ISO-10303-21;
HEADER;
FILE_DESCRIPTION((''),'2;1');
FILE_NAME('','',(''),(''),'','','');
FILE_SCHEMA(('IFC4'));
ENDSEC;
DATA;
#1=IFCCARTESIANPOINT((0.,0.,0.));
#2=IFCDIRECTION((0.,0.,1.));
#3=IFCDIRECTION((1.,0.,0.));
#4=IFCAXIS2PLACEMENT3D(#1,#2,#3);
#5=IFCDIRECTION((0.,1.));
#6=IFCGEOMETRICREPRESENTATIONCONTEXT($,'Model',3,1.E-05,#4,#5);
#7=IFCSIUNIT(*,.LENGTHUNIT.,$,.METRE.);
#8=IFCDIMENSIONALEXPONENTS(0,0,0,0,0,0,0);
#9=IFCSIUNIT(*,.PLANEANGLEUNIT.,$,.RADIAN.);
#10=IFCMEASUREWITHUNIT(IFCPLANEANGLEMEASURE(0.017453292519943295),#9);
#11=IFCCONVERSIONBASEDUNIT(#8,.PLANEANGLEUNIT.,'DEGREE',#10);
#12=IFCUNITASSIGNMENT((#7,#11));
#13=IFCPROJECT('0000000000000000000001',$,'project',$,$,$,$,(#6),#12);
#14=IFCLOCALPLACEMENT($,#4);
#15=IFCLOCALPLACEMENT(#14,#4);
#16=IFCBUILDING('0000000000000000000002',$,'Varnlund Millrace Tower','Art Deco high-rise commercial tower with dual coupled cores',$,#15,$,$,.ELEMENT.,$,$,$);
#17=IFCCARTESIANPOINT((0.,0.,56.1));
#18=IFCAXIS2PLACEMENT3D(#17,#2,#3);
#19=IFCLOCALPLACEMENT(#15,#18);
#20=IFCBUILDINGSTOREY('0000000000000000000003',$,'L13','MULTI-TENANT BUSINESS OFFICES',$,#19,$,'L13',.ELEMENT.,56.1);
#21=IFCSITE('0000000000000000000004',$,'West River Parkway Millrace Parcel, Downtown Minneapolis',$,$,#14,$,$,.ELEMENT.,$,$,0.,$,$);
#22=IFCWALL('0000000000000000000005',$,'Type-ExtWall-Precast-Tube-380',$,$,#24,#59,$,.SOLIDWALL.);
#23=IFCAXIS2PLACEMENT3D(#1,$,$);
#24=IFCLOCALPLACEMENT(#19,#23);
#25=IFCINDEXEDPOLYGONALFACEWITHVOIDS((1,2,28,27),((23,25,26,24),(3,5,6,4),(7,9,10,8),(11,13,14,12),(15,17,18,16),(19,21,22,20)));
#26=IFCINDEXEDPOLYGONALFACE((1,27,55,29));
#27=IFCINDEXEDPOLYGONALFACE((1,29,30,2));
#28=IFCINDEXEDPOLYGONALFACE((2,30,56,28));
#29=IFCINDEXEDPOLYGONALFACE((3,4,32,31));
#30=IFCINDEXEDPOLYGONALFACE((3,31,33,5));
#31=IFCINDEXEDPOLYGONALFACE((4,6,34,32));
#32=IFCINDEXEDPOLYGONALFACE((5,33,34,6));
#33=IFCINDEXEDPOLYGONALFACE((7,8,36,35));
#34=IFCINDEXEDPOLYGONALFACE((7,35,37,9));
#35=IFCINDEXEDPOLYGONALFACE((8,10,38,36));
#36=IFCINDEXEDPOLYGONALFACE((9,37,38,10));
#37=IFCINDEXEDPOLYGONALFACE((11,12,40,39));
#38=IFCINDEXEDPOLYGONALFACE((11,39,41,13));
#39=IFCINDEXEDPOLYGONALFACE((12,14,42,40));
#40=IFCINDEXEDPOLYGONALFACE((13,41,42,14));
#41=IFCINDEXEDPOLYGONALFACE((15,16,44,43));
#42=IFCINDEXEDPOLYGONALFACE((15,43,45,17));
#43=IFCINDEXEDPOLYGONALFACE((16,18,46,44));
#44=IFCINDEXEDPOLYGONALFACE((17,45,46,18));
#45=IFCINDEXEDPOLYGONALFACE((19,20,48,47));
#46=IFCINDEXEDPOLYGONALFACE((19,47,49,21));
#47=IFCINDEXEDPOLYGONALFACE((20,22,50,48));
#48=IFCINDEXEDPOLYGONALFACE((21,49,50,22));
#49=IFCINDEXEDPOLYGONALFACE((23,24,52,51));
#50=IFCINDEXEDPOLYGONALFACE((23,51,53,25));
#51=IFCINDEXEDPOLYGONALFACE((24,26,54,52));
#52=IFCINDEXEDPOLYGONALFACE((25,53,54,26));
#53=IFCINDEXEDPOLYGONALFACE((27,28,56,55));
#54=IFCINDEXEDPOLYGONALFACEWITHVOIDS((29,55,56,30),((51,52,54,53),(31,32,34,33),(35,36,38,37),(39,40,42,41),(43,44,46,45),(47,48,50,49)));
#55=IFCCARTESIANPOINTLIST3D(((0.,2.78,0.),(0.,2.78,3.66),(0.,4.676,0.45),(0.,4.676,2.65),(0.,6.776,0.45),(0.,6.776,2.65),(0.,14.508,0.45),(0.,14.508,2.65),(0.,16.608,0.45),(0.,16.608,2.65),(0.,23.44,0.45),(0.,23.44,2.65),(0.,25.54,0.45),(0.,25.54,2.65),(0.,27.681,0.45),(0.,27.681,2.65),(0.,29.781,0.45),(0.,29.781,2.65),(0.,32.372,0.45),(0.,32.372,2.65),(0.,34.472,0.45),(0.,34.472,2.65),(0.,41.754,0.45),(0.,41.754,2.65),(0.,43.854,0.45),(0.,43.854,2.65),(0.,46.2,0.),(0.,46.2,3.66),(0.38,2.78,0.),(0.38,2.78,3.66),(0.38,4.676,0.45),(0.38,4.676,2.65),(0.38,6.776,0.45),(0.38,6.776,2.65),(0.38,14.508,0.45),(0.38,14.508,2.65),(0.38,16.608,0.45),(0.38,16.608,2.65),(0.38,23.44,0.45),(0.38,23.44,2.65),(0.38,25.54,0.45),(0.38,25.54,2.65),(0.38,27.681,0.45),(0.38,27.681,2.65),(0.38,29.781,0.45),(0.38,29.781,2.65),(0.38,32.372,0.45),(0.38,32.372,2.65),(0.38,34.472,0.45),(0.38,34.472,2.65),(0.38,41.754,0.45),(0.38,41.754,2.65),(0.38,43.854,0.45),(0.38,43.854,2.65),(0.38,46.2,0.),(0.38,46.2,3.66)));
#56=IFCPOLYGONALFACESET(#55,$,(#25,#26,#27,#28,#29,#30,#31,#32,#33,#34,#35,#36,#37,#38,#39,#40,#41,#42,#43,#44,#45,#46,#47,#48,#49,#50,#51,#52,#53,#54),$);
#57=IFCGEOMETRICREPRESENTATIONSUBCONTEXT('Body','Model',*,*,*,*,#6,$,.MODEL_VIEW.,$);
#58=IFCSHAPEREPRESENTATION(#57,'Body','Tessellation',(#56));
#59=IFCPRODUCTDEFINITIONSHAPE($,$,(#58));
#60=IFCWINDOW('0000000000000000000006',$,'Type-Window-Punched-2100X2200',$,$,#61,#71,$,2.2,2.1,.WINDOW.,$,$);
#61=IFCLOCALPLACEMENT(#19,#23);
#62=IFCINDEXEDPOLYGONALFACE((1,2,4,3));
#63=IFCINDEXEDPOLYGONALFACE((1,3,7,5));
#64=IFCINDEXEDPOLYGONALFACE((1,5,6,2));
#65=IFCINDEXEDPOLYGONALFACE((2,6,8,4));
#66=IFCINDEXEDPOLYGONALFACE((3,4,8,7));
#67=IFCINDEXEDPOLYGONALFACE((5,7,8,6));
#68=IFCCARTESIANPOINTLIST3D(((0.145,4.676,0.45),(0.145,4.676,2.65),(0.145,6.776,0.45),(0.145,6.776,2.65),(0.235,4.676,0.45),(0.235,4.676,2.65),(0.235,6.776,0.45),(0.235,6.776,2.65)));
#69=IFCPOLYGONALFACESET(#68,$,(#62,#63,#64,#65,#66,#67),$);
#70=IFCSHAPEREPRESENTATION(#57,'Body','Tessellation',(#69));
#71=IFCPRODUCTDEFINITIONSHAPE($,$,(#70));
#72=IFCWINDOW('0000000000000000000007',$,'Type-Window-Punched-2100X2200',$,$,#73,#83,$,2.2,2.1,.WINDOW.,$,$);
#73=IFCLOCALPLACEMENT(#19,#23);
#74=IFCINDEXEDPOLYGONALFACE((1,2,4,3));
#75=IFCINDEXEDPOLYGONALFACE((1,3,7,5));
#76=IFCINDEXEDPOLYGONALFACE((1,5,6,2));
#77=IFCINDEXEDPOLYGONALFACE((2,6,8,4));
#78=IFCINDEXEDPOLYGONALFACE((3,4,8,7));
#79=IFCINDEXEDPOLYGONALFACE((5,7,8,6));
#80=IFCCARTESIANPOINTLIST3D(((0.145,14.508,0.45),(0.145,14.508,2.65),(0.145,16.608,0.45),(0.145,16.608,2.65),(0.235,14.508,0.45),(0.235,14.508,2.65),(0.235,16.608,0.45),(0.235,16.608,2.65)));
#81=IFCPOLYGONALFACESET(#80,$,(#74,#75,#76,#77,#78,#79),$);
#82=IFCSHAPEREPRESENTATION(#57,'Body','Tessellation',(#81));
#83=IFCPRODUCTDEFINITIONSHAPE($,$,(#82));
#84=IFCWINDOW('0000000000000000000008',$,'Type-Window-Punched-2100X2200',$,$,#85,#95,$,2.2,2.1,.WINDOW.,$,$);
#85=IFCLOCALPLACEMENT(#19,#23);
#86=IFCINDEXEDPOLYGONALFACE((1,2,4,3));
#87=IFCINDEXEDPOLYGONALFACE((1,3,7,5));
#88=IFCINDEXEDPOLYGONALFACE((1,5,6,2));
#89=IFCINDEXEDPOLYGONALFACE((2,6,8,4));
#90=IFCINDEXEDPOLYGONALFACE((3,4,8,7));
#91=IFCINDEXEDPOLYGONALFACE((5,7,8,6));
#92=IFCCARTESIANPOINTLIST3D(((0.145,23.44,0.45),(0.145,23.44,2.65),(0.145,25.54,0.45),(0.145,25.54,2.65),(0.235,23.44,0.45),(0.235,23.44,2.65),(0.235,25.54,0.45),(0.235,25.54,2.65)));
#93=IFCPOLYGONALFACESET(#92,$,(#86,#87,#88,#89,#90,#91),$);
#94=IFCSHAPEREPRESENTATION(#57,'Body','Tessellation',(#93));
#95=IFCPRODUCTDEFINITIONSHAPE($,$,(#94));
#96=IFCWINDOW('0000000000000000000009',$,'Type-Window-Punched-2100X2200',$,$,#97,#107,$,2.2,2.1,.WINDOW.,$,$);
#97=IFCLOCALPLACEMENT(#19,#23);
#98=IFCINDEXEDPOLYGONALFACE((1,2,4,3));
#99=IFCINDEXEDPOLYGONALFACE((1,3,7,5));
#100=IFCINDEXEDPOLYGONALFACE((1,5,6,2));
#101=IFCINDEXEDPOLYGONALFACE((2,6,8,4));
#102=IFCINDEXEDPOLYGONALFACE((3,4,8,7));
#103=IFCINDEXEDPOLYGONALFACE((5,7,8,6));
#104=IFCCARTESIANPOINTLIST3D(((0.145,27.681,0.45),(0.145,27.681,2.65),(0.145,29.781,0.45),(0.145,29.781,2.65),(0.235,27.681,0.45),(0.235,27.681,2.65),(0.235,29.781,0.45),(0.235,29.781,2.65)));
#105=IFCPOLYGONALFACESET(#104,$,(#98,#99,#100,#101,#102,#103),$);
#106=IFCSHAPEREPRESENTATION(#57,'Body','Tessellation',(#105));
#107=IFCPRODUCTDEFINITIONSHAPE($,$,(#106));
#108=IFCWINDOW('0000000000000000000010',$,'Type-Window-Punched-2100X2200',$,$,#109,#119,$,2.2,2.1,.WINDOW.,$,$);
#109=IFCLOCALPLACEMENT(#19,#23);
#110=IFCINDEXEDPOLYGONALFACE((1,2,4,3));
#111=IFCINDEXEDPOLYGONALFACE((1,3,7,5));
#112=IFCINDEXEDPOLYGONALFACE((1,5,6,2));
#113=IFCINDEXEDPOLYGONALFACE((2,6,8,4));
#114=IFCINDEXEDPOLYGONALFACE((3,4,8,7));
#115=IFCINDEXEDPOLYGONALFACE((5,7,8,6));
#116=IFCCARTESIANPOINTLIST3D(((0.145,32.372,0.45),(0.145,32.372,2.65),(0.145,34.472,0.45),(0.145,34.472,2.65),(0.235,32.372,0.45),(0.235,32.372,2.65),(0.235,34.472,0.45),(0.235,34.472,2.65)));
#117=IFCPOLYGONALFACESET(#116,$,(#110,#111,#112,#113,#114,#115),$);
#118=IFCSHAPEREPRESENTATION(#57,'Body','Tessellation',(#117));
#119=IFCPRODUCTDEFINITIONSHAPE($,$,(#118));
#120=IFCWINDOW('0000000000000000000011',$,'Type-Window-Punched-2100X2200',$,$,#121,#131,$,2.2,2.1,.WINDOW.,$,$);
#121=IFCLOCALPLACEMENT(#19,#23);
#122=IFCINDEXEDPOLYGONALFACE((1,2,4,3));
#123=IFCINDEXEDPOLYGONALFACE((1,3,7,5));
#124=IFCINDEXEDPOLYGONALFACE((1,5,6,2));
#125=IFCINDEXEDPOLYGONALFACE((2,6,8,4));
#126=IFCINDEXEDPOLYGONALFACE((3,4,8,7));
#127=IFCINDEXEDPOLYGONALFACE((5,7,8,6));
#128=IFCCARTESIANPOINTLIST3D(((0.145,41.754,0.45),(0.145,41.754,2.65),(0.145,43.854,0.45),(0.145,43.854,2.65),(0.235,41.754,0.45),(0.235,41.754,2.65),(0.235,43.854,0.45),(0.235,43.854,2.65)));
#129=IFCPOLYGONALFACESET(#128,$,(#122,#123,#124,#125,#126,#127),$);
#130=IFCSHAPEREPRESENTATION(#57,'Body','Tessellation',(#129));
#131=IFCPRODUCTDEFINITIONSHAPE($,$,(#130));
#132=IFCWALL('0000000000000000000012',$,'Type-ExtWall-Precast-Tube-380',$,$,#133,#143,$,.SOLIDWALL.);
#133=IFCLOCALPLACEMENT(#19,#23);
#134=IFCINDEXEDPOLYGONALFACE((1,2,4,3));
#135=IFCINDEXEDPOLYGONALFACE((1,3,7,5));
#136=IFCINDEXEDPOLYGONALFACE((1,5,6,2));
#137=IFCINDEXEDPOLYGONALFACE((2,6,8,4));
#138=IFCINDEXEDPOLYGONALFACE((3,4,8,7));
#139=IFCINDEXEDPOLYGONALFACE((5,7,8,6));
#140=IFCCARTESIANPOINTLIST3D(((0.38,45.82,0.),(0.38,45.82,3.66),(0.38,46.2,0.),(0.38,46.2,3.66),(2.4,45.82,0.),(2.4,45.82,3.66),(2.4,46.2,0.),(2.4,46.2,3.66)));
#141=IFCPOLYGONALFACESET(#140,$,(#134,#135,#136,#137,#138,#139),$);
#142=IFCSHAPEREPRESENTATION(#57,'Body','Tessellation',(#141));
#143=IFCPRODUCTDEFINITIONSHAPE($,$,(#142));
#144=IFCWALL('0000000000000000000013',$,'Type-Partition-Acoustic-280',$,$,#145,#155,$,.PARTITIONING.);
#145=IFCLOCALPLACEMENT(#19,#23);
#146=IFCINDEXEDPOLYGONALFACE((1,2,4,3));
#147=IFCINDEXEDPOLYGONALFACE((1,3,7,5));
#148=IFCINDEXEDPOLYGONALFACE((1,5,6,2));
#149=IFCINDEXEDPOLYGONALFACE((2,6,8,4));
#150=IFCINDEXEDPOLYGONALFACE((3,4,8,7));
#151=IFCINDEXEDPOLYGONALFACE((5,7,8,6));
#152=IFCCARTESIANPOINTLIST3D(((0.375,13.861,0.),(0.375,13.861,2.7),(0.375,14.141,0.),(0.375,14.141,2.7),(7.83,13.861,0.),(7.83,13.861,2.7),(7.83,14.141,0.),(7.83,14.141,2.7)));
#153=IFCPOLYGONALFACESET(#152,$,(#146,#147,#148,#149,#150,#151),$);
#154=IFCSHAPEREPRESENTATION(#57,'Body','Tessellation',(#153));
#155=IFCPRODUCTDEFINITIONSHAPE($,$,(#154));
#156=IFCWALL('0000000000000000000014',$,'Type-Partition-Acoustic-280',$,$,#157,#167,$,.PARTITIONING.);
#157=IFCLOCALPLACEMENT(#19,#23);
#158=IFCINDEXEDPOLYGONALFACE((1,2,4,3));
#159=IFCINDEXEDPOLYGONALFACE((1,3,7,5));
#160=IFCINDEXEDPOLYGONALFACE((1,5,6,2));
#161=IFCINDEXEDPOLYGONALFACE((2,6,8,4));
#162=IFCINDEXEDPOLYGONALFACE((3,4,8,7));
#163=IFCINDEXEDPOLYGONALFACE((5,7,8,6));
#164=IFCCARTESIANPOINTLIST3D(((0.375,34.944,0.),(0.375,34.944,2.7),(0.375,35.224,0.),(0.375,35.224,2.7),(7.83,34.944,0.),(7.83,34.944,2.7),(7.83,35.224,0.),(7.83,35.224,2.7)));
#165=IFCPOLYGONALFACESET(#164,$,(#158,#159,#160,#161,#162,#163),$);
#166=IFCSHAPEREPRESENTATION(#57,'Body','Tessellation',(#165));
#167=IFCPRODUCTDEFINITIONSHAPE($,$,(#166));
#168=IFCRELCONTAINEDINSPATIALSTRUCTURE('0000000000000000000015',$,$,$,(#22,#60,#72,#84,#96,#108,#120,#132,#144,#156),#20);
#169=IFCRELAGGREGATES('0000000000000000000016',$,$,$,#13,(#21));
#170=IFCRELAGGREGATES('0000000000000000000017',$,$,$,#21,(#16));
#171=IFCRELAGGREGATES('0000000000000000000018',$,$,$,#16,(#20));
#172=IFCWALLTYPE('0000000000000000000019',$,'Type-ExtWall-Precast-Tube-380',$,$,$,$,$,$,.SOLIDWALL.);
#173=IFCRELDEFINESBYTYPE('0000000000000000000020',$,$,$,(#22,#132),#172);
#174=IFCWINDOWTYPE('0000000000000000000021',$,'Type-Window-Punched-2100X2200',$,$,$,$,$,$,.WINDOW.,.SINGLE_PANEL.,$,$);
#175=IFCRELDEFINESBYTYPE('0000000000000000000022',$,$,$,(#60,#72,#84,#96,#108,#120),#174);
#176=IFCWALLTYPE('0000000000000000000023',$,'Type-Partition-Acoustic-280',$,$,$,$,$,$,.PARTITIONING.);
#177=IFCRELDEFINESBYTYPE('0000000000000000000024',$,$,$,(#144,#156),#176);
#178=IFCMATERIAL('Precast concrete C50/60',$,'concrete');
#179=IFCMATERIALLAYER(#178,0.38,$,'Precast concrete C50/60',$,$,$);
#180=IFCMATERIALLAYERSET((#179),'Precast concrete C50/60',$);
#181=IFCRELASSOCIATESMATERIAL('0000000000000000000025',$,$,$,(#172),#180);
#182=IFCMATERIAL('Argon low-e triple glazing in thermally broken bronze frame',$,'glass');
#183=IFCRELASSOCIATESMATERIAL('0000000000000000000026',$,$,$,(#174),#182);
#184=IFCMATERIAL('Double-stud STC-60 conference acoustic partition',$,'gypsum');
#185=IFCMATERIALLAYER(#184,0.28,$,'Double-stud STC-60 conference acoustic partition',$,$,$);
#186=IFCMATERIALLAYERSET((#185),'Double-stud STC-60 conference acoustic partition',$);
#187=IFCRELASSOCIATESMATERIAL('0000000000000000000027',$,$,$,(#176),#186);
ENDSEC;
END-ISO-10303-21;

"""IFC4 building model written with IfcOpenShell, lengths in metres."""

from ifc_helpers import new_model, entity, si_unit, converted_unit, direction, frame, origin_with_axes, origin_2d_with_axis, place, context, subcontext, project, spatial, polyline, rectangle, outline, extrude, material, layer, layer_set, type_object, element, fill, save


model = new_model("IFC4")

# Units and contexts
model_context = context("Model", 3, precision=1e-05, world=origin_with_axes(), true_north=direction((0.0, 1.0)))
body_context = subcontext(model_context, "Body", "Model", "MODEL_VIEW")
ifc_project = project(units=[si_unit("LENGTHUNIT", "METRE"), converted_unit("PLANEANGLEUNIT", "DEGREE", entity("IfcPlaneAngleMeasure", 0.017453292519943295), si_unit("PLANEANGLEUNIT", "RADIAN"), dimensions=[0, 0, 0, 0, 0, 0, 0])], contexts=[model_context])

# Site, building, storey
site_placement = place(None, origin_with_axes())
site = spatial("IfcSite", under=ifc_project, at=site_placement, Name="West River Parkway Millrace Parcel, Downtown Minneapolis", CompositionType="ELEMENT", RefElevation=0.0)
building_placement = place(site_placement, origin_with_axes())
building = spatial("IfcBuilding", under=site, at=building_placement, Name="Varnlund Millrace Tower", Description="Art Deco high-rise commercial tower with dual coupled cores", CompositionType="ELEMENT")
storey_placement = place(building_placement, frame((0.0, 0.0, 56.1), z_axis=(0.0, 0.0, 1.0), x_axis=(1.0, 0.0, 0.0)))
storey = spatial("IfcBuildingStorey", under=building, at=storey_placement, Name="L13", Description="MULTI-TENANT BUSINESS OFFICES", LongName="L13", CompositionType="ELEMENT", Elevation=56.1)

# Wall, openings, windows
ifc_material_1 = material(Name="Precast concrete C50/60", Category="concrete")
ifc_layer_1 = layer(ifc_material_1, 0.38, Name="Precast concrete C50/60")
ifc_layer_set_1 = layer_set([ifc_layer_1], Name="Precast concrete C50/60")
wall_type_1 = type_object("IfcWallType", Name="Type-ExtWall-Precast-Tube-380", PredefinedType="SOLIDWALL", material=ifc_layer_set_1)
wall_1_placement = place(storey_placement, frame((0.19, 2.78, 0.0), z_axis=(0.0, 0.0, 1.0), x_axis=(0.0, 1.0, 0.0)))
wall_1 = element("IfcWall", 1, at=wall_1_placement, inside=storey, type_object=wall_type_1, Name="Type-ExtWall-Precast-Tube-380", PredefinedType="SOLIDWALL", context=body_context, shape_type="SweptSolid", body=[
    extrude(outline(polyline([(0.0, -0.19), (43.42, -0.19), (43.42, 0.19), (0.0, 0.19), (0.0, -0.19)])), origin_with_axes(), (0.0, 0.0, 1.0), 3.66),
])
opening_1_placement = place(wall_1_placement, frame((2.946, 0.0, 0.45), z_axis=(0.0, 0.0, 1.0), x_axis=(1.0, 0.0, 0.0)))
opening_1 = element("IfcOpeningElement", 2, at=opening_1_placement, cuts=wall_1, PredefinedType="OPENING", context=body_context, shape_type="SweptSolid", body=[
    extrude(rectangle(XDim=2.1, YDim=0.4, at=origin_2d_with_axis()), origin_with_axes(), (0.0, 0.0, 1.0), 2.2),
])
opening_2_placement = place(wall_1_placement, frame((12.778, 0.0, 0.45), z_axis=(0.0, 0.0, 1.0), x_axis=(1.0, 0.0, 0.0)))
opening_2 = element("IfcOpeningElement", 3, at=opening_2_placement, cuts=wall_1, PredefinedType="OPENING", context=body_context, shape_type="SweptSolid", body=[
    extrude(rectangle(XDim=2.1, YDim=0.4, at=origin_2d_with_axis()), origin_with_axes(), (0.0, 0.0, 1.0), 2.2),
])
opening_3_placement = place(wall_1_placement, frame((21.71, 0.0, 0.45), z_axis=(0.0, 0.0, 1.0), x_axis=(1.0, 0.0, 0.0)))
opening_3 = element("IfcOpeningElement", 4, at=opening_3_placement, cuts=wall_1, PredefinedType="OPENING", context=body_context, shape_type="SweptSolid", body=[
    extrude(rectangle(XDim=2.1, YDim=0.4, at=origin_2d_with_axis()), origin_with_axes(), (0.0, 0.0, 1.0), 2.2),
])
opening_4_placement = place(wall_1_placement, frame((25.951, 0.0, 0.45), z_axis=(0.0, 0.0, 1.0), x_axis=(1.0, 0.0, 0.0)))
opening_4 = element("IfcOpeningElement", 5, at=opening_4_placement, cuts=wall_1, PredefinedType="OPENING", context=body_context, shape_type="SweptSolid", body=[
    extrude(rectangle(XDim=2.1, YDim=0.4, at=origin_2d_with_axis()), origin_with_axes(), (0.0, 0.0, 1.0), 2.2),
])
opening_5_placement = place(wall_1_placement, frame((30.642, 0.0, 0.45), z_axis=(0.0, 0.0, 1.0), x_axis=(1.0, 0.0, 0.0)))
opening_5 = element("IfcOpeningElement", 6, at=opening_5_placement, cuts=wall_1, PredefinedType="OPENING", context=body_context, shape_type="SweptSolid", body=[
    extrude(rectangle(XDim=2.1, YDim=0.4, at=origin_2d_with_axis()), origin_with_axes(), (0.0, 0.0, 1.0), 2.2),
])
opening_6_placement = place(wall_1_placement, frame((40.024, 0.0, 0.45), z_axis=(0.0, 0.0, 1.0), x_axis=(1.0, 0.0, 0.0)))
opening_6 = element("IfcOpeningElement", 7, at=opening_6_placement, cuts=wall_1, PredefinedType="OPENING", context=body_context, shape_type="SweptSolid", body=[
    extrude(rectangle(XDim=2.1, YDim=0.4, at=origin_2d_with_axis()), origin_with_axes(), (0.0, 0.0, 1.0), 2.2),
])
ifc_material_2 = material(Name="Argon low-e triple glazing in thermally broken bronze frame", Category="glass")
window_type = type_object("IfcWindowType", Name="Type-Window-Punched-2100X2200", PartitioningType="SINGLE_PANEL", PredefinedType="WINDOW", material=ifc_material_2)
window_1_placement = place(wall_1_placement, frame((2.946, 0.0, 0.45), z_axis=(0.0, 0.0, 1.0), x_axis=(1.0, 0.0, 0.0)))
window_1 = element("IfcWindow", 8, at=window_1_placement, inside=storey, type_object=window_type, Name="Type-Window-Punched-2100X2200", OverallHeight=2.2, OverallWidth=2.1, PredefinedType="WINDOW", context=body_context, shape_type="SweptSolid", body=[
    extrude(rectangle(XDim=2.1, YDim=0.09, at=origin_2d_with_axis()), origin_with_axes(), (0.0, 0.0, 1.0), 2.2),
])
fill(opening_1, window_1)
window_2_placement = place(wall_1_placement, frame((12.778, 0.0, 0.45), z_axis=(0.0, 0.0, 1.0), x_axis=(1.0, 0.0, 0.0)))
window_2 = element("IfcWindow", 9, at=window_2_placement, inside=storey, type_object=window_type, Name="Type-Window-Punched-2100X2200", OverallHeight=2.2, OverallWidth=2.1, PredefinedType="WINDOW", context=body_context, shape_type="SweptSolid", body=[
    extrude(rectangle(XDim=2.1, YDim=0.09, at=origin_2d_with_axis()), origin_with_axes(), (0.0, 0.0, 1.0), 2.2),
])
fill(opening_2, window_2)
window_3_placement = place(wall_1_placement, frame((21.71, 0.0, 0.45), z_axis=(0.0, 0.0, 1.0), x_axis=(1.0, 0.0, 0.0)))
window_3 = element("IfcWindow", 10, at=window_3_placement, inside=storey, type_object=window_type, Name="Type-Window-Punched-2100X2200", OverallHeight=2.2, OverallWidth=2.1, PredefinedType="WINDOW", context=body_context, shape_type="SweptSolid", body=[
    extrude(rectangle(XDim=2.1, YDim=0.09, at=origin_2d_with_axis()), origin_with_axes(), (0.0, 0.0, 1.0), 2.2),
])
fill(opening_3, window_3)
window_4_placement = place(wall_1_placement, frame((25.951, 0.0, 0.45), z_axis=(0.0, 0.0, 1.0), x_axis=(1.0, 0.0, 0.0)))
window_4 = element("IfcWindow", 11, at=window_4_placement, inside=storey, type_object=window_type, Name="Type-Window-Punched-2100X2200", OverallHeight=2.2, OverallWidth=2.1, PredefinedType="WINDOW", context=body_context, shape_type="SweptSolid", body=[
    extrude(rectangle(XDim=2.1, YDim=0.09, at=origin_2d_with_axis()), origin_with_axes(), (0.0, 0.0, 1.0), 2.2),
])
fill(opening_4, window_4)
window_5_placement = place(wall_1_placement, frame((30.642, 0.0, 0.45), z_axis=(0.0, 0.0, 1.0), x_axis=(1.0, 0.0, 0.0)))
window_5 = element("IfcWindow", 12, at=window_5_placement, inside=storey, type_object=window_type, Name="Type-Window-Punched-2100X2200", OverallHeight=2.2, OverallWidth=2.1, PredefinedType="WINDOW", context=body_context, shape_type="SweptSolid", body=[
    extrude(rectangle(XDim=2.1, YDim=0.09, at=origin_2d_with_axis()), origin_with_axes(), (0.0, 0.0, 1.0), 2.2),
])
fill(opening_5, window_5)
window_6_placement = place(wall_1_placement, frame((40.024, 0.0, 0.45), z_axis=(0.0, 0.0, 1.0), x_axis=(1.0, 0.0, 0.0)))
window_6 = element("IfcWindow", 13, at=window_6_placement, inside=storey, type_object=window_type, Name="Type-Window-Punched-2100X2200", OverallHeight=2.2, OverallWidth=2.1, PredefinedType="WINDOW", context=body_context, shape_type="SweptSolid", body=[
    extrude(rectangle(XDim=2.1, YDim=0.09, at=origin_2d_with_axis()), origin_with_axes(), (0.0, 0.0, 1.0), 2.2),
])
fill(opening_6, window_6)

# Walls
wall_2_placement = place(storey_placement, frame((0.38, 46.01, 0.0), z_axis=(0.0, 0.0, 1.0), x_axis=(1.0, 0.0, 0.0)))
element("IfcWall", 14, at=wall_2_placement, inside=storey, type_object=wall_type_1, Name="Type-ExtWall-Precast-Tube-380", PredefinedType="SOLIDWALL", context=body_context, shape_type="SweptSolid", body=[
    extrude(outline(polyline([(0.0, -0.19), (2.02, -0.19), (2.02, 0.19), (0.0, 0.19), (0.0, -0.19)])), origin_with_axes(), (0.0, 0.0, 1.0), 3.66),
])
ifc_material_3 = material(Name="Double-stud STC-60 conference acoustic partition", Category="gypsum")
ifc_layer_2 = layer(ifc_material_3, 0.28, Name="Double-stud STC-60 conference acoustic partition")
ifc_layer_set_2 = layer_set([ifc_layer_2], Name="Double-stud STC-60 conference acoustic partition")
wall_type_2 = type_object("IfcWallType", Name="Type-Partition-Acoustic-280", PredefinedType="PARTITIONING", material=ifc_layer_set_2)
for number, where, z_axis, x_axis, name in (
    (15, (0.375, 14.001, 0.0), (0.0, 0.0, 1.0), (1.0, 0.0, 0.0), "Type-Partition-Acoustic-280"),
    (16, (0.375, 35.084, 0.0), (0.0, 0.0, 1.0), (1.0, 0.0, 0.0), "Type-Partition-Acoustic-280"),
):
    element("IfcWall", number, at=place(storey_placement, frame(where, z_axis=z_axis, x_axis=x_axis)), inside=storey, type_object=wall_type_2, Name=name, PredefinedType="PARTITIONING", context=body_context, shape_type="SweptSolid", body=[
        extrude(outline(polyline([(0.0, -0.14), (7.455, -0.14), (7.455, 0.14), (0.0, 0.14), (0.0, -0.14)])), origin_with_axes(), (0.0, 0.0, 1.0), 2.7),
    ])

save(model, "model.ifc")
